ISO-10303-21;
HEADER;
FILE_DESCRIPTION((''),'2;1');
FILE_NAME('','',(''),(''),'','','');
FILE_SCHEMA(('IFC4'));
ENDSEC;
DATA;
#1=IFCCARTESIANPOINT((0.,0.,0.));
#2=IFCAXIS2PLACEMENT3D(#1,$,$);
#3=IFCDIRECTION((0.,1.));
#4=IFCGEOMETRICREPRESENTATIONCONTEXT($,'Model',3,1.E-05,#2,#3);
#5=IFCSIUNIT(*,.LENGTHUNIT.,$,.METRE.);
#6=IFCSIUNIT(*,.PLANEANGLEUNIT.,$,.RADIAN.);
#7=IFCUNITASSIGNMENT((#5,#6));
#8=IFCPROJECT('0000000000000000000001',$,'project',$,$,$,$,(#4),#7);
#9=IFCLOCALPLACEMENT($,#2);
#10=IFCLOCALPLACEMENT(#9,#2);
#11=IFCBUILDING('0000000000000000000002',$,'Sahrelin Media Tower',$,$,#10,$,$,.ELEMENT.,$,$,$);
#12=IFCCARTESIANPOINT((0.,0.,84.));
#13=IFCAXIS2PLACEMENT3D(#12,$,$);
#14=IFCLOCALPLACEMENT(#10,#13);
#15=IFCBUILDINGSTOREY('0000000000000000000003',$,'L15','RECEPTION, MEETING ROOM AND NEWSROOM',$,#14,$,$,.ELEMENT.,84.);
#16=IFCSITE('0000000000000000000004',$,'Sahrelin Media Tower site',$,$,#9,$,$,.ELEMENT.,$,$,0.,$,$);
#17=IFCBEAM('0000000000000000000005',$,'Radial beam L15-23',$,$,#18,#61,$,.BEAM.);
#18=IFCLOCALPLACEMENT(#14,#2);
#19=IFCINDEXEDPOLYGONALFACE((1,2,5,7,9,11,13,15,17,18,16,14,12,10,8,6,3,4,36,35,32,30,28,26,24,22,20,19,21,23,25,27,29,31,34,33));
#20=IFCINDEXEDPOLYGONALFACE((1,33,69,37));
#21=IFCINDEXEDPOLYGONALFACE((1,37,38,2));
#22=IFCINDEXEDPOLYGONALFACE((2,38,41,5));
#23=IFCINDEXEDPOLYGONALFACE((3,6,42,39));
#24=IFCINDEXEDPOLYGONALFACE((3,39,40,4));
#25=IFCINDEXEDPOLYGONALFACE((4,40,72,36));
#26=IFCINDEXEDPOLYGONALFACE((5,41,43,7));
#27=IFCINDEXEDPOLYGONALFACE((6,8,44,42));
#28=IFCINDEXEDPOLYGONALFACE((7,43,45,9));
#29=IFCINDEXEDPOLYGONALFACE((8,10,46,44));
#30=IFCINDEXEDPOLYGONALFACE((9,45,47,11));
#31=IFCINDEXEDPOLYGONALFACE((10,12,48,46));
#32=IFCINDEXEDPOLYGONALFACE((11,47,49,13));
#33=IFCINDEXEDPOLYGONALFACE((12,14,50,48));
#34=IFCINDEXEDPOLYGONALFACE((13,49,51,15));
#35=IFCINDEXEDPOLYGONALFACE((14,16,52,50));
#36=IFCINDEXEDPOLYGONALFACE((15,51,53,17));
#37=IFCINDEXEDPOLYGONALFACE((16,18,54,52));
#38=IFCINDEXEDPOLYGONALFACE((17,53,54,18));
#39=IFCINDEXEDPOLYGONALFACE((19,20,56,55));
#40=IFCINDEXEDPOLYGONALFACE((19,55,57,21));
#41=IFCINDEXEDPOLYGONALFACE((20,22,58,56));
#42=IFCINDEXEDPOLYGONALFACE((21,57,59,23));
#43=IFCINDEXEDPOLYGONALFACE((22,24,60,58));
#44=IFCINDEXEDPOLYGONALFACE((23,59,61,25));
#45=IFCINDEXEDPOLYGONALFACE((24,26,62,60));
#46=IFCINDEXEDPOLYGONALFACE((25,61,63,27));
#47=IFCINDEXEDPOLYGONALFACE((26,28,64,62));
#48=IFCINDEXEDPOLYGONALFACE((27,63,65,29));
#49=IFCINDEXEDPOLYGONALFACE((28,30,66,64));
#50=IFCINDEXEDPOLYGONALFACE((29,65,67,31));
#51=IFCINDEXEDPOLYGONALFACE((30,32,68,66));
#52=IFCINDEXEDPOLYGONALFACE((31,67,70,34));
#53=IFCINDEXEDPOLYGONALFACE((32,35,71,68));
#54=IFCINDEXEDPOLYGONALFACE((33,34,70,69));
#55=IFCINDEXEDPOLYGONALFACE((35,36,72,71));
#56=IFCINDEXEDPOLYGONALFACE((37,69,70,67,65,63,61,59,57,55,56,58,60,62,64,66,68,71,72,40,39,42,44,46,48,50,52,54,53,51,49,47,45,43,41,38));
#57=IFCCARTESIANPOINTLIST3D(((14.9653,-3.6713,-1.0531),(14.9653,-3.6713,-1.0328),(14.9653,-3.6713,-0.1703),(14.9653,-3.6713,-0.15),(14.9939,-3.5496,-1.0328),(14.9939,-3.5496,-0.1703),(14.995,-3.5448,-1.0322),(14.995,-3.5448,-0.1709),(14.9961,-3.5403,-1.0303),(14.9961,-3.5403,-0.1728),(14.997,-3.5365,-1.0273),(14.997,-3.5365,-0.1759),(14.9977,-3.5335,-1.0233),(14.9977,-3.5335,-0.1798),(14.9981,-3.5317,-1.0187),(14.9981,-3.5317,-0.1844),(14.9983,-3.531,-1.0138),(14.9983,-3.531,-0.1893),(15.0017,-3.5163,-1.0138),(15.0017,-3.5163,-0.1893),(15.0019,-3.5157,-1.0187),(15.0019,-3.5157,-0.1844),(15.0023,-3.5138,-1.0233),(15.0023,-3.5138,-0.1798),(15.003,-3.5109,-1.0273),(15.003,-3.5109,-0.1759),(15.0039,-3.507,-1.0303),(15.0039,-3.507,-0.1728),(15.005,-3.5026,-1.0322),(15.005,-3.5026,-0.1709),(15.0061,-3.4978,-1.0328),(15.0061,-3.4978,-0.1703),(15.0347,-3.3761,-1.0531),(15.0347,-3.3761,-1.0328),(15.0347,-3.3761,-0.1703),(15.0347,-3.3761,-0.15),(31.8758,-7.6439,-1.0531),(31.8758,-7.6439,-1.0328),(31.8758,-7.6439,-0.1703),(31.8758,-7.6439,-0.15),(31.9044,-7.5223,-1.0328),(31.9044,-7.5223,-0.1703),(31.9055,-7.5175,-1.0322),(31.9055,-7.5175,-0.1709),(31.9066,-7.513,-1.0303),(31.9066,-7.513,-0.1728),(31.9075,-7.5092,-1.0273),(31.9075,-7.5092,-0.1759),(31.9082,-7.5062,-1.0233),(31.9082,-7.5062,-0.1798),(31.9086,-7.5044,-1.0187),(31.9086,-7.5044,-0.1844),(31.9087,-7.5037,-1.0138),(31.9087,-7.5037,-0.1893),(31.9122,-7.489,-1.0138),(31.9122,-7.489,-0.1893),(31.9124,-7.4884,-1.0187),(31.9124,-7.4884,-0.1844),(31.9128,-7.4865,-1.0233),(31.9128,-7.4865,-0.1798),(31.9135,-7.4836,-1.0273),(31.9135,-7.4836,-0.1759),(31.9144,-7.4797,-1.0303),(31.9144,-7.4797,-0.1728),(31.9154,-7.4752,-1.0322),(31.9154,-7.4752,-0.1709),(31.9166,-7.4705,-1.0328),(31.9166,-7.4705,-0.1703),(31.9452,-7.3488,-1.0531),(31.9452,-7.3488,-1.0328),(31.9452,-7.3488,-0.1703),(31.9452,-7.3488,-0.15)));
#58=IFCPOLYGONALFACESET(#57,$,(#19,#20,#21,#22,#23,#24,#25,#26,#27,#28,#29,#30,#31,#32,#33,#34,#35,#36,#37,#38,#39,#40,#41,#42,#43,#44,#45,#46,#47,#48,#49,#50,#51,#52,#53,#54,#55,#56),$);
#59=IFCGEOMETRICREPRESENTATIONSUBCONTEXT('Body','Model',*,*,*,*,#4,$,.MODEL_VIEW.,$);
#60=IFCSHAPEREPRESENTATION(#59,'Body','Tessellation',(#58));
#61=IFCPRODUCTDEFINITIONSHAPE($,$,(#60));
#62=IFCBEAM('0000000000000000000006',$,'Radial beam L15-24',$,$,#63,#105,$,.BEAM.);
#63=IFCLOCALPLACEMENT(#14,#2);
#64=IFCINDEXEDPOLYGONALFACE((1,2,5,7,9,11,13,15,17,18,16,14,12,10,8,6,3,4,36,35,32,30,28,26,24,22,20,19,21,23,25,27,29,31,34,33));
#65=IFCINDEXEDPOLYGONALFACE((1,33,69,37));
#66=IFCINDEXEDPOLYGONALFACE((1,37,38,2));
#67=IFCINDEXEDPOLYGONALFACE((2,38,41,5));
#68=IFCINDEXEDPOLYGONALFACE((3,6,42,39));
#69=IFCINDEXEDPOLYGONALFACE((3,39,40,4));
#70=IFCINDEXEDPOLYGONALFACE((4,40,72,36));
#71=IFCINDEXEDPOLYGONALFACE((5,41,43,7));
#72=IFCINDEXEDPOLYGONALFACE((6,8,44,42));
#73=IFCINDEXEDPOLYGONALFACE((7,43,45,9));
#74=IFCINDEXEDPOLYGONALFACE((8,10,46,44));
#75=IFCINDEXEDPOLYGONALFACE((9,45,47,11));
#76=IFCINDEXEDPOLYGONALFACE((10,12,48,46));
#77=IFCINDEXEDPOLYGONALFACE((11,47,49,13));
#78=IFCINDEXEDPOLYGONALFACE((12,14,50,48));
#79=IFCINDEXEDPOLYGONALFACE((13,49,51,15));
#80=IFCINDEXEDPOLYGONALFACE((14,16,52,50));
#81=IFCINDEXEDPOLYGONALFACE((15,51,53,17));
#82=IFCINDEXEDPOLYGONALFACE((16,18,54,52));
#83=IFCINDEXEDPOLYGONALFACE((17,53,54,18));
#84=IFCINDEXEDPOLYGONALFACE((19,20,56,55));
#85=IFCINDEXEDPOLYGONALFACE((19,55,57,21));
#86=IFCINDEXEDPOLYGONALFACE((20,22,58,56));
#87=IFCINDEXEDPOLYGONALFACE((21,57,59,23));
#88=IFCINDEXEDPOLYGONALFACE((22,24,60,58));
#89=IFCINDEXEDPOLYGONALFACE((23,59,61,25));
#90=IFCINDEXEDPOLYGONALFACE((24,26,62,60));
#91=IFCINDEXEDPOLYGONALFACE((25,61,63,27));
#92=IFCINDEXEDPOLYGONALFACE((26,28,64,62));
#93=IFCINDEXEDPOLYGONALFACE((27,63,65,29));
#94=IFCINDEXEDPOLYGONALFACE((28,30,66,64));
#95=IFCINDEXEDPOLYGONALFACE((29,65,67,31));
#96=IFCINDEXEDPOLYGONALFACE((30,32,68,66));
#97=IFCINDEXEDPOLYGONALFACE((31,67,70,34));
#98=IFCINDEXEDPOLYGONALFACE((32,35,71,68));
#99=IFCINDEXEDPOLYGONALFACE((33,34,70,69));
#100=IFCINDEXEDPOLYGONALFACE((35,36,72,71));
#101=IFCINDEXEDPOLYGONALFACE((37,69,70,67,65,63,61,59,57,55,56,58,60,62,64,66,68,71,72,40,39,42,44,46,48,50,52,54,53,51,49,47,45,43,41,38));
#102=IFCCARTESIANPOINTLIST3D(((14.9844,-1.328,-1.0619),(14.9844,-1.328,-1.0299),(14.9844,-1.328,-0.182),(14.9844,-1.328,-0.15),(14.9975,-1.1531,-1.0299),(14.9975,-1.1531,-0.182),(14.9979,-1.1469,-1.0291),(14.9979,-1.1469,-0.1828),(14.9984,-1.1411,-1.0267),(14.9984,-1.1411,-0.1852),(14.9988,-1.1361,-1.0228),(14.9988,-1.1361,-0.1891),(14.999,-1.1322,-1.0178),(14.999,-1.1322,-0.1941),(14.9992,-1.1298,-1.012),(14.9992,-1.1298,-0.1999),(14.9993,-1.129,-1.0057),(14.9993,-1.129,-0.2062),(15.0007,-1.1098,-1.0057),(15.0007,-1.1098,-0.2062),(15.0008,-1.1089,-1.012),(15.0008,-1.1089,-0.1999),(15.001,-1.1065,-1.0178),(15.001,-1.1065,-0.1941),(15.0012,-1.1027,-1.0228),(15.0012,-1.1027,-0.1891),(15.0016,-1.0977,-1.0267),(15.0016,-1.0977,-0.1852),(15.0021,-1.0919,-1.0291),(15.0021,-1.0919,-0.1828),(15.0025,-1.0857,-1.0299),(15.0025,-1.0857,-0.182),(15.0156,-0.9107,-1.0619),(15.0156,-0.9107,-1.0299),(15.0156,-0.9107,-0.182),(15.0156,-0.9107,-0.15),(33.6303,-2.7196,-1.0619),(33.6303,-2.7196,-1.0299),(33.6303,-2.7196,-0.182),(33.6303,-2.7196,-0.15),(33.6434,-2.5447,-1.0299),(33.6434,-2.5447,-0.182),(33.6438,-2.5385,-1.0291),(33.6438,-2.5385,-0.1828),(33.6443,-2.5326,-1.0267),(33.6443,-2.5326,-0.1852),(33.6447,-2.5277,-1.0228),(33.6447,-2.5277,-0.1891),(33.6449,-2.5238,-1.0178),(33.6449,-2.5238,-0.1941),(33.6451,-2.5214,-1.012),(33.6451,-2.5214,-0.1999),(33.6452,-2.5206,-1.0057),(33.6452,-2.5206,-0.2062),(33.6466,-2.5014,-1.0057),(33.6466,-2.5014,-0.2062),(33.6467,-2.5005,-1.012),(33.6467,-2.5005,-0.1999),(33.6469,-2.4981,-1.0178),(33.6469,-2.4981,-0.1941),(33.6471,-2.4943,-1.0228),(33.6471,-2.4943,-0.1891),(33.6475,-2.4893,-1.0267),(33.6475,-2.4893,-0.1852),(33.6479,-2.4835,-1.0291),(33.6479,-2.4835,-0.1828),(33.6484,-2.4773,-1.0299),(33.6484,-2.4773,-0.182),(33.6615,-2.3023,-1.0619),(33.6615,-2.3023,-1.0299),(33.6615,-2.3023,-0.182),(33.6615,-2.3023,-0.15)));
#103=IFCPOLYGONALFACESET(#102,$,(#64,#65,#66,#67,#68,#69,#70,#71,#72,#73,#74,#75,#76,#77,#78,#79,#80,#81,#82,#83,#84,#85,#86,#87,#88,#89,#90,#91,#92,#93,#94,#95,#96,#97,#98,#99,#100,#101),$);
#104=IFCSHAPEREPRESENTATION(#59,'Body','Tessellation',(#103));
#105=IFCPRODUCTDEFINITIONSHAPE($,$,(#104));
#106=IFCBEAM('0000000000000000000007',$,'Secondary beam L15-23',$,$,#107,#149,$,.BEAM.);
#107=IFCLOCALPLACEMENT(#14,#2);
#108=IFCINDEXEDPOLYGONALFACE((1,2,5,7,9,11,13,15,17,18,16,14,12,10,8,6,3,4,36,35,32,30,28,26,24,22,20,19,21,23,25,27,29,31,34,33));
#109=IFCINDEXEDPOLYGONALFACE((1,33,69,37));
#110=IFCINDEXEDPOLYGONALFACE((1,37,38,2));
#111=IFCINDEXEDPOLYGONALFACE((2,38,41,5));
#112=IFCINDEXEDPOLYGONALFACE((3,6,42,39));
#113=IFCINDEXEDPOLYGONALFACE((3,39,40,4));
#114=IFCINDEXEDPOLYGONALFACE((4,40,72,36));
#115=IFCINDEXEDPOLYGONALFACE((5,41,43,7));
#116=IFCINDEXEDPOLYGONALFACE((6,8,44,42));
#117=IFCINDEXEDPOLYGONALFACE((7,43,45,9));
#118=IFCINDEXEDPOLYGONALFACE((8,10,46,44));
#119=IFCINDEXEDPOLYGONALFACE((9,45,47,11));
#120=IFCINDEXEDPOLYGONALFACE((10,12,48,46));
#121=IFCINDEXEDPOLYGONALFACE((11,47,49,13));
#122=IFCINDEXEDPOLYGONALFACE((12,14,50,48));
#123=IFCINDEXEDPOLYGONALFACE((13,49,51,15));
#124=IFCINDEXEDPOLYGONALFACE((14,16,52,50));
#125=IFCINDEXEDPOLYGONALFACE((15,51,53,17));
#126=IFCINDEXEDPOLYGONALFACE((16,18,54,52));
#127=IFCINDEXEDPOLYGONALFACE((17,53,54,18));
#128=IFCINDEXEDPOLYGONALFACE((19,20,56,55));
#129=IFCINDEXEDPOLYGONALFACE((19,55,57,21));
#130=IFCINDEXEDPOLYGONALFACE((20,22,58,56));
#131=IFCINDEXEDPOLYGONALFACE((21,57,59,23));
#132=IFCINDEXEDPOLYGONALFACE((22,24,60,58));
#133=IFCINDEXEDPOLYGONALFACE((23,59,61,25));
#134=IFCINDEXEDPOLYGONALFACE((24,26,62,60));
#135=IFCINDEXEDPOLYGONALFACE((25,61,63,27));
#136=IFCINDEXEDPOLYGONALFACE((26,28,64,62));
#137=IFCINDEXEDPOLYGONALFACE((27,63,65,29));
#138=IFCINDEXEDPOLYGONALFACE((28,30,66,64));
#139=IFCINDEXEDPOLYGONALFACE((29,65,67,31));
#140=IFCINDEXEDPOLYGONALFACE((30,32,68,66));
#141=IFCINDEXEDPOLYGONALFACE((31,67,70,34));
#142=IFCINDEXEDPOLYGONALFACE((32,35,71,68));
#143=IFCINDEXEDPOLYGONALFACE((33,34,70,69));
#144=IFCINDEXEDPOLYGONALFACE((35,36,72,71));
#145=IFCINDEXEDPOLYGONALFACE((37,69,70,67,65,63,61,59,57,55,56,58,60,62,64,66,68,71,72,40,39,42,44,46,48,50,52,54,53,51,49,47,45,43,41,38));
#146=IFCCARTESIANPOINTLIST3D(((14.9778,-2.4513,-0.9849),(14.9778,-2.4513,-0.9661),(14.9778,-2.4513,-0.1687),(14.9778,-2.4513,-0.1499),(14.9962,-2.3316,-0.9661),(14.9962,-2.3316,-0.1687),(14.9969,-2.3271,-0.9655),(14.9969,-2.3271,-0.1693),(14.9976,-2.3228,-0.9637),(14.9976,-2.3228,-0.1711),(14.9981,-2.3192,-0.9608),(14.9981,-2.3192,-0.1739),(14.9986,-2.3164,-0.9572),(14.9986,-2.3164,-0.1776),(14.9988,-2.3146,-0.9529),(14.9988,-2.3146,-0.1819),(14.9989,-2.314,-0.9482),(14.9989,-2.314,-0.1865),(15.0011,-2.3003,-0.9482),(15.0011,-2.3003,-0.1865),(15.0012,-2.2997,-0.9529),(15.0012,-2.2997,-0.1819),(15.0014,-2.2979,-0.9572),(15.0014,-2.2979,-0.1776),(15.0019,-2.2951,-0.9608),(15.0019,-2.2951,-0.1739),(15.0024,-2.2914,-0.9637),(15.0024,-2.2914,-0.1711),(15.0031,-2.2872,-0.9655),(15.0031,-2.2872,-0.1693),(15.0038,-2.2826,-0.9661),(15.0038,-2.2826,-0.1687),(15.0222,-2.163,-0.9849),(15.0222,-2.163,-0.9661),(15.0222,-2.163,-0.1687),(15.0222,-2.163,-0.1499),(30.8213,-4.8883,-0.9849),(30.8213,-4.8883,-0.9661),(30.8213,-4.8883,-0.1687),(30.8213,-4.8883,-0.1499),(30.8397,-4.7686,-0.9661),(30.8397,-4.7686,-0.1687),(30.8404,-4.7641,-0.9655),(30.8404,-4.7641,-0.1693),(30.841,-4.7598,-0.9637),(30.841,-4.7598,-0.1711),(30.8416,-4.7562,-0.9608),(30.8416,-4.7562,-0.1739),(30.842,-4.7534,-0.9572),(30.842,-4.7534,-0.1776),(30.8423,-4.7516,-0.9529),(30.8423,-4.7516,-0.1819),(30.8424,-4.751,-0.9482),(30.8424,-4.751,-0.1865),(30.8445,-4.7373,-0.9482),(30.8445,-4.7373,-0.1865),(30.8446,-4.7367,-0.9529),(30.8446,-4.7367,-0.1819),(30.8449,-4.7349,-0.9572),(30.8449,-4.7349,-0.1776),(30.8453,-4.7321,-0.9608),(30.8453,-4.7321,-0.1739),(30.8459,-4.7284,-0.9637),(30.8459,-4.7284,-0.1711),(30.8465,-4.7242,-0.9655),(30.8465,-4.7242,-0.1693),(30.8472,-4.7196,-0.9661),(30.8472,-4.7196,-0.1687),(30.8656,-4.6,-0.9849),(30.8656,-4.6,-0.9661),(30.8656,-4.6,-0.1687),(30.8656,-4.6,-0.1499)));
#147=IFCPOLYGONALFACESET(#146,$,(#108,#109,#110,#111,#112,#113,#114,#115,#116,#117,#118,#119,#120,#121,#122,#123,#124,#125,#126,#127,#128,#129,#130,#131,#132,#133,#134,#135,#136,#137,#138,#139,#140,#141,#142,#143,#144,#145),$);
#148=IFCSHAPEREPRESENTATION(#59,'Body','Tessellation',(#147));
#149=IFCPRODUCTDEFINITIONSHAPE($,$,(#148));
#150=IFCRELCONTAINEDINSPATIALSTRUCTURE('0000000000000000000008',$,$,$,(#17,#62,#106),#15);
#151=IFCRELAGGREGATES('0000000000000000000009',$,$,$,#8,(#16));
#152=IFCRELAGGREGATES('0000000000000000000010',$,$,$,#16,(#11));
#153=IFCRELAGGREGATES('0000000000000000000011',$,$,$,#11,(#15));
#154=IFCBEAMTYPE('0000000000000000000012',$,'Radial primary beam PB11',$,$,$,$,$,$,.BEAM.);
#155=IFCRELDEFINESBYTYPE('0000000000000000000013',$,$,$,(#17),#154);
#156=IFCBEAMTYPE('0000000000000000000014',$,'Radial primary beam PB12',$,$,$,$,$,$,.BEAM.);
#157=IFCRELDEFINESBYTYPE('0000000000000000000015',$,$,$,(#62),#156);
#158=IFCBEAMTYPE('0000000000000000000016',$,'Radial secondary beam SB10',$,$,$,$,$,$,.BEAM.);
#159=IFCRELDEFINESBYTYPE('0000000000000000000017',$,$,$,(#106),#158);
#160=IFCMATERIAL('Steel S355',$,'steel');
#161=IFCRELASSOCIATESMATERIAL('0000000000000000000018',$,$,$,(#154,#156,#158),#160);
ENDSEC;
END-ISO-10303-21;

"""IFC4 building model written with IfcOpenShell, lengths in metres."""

from ifc_helpers import new_model, si_unit, direction, frame, origin, origin_2d, place, context, subcontext, project, spatial, i_section, extrude, material, material_profile, profile_set, type_object, element, save


model = new_model("IFC4")

# Units and contexts
model_context = context("Model", 3, precision=1e-05, world=origin(), true_north=direction((0.0, 1.0)))
body_context = subcontext(model_context, "Body", "Model", "MODEL_VIEW")
ifc_project = project(units=[si_unit("LENGTHUNIT", "METRE"), si_unit("PLANEANGLEUNIT", "RADIAN")], contexts=[model_context])

# Site, building, storey
site_placement = place(None, origin())
site = spatial("IfcSite", under=ifc_project, at=site_placement, Name="Sahrelin Media Tower site", CompositionType="ELEMENT", RefElevation=0.0)
building_placement = place(site_placement, origin())
building = spatial("IfcBuilding", under=site, at=building_placement, Name="Sahrelin Media Tower", CompositionType="ELEMENT")
storey_placement = place(building_placement, frame((0.0, 0.0, 84.0)))
storey = spatial("IfcBuildingStorey", under=building, at=storey_placement, Name="L15", Description="RECEPTION, MEETING ROOM AND NEWSROOM", CompositionType="ELEMENT", Elevation=84.0)

# Shared definitions
ifc_material_1 = material(Name="Steel S355", Category="steel")

# Beams
ifc_material_profile_1 = material_profile(ifc_material_1, i_section(OverallWidth=0.3032, OverallDepth=0.9031, WebThickness=0.0151, FlangeThickness=0.0203, FilletRadius=0.019, at=origin_2d()), Name="UB 914x305x201")
ifc_profile_set_1 = profile_set([ifc_material_profile_1], Name="Steel S355")
beam_type_1 = type_object("IfcBeamType", Name="Radial primary beam PB11", PredefinedType="BEAM", material=ifc_profile_set_1)
beam_1_placement = place(storey_placement, frame((15.0, -3.5237, -0.6016), z_axis=(0.973497, -0.228698, 0.0), x_axis=(0.228698, 0.973497, 0.0)))
element("IfcBeam", 1, at=beam_1_placement, inside=storey, type_object=beam_type_1, Name="Radial beam L15-23", PredefinedType="BEAM", context=body_context, shape_type="SweptSolid", body=[
    extrude(i_section(OverallWidth=0.3032, OverallDepth=0.9031, WebThickness=0.0151, FlangeThickness=0.0203, FilletRadius=0.019, at=origin_2d()), origin(), (0.0, 0.0, 1.0), 17.3708),
])
ifc_material_profile_2 = material_profile(ifc_material_1, i_section(OverallWidth=0.4185, OverallDepth=0.9119, WebThickness=0.0193, FlangeThickness=0.032, FilletRadius=0.0242, at=origin_2d()), Name="UB 914x419x343")
ifc_profile_set_2 = profile_set([ifc_material_profile_2], Name="Steel S355")
beam_type_2 = type_object("IfcBeamType", Name="Radial primary beam PB12", PredefinedType="BEAM", material=ifc_profile_set_2)
beam_2_placement = place(storey_placement, frame((15.0, -1.1194, -0.606), z_axis=(0.997227, -0.074426, 0.0), x_axis=(0.074426, 0.997227, 0.0)))
element("IfcBeam", 2, at=beam_2_placement, inside=storey, type_object=beam_type_2, Name="Radial beam L15-24", PredefinedType="BEAM", context=body_context, shape_type="SweptSolid", body=[
    extrude(i_section(OverallWidth=0.4185, OverallDepth=0.9119, WebThickness=0.0193, FlangeThickness=0.032, FilletRadius=0.0242, at=origin_2d()), origin(), (0.0, 0.0, 1.0), 18.6978),
])
ifc_material_profile_3 = material_profile(ifc_material_1, i_section(OverallWidth=0.2917, OverallDepth=0.835, WebThickness=0.0139, FlangeThickness=0.0188, FilletRadius=0.0178, at=origin_2d()), Name="UB 838x292x176")
ifc_profile_set_3 = profile_set([ifc_material_profile_3], Name="Steel S355")
beam_type_3 = type_object("IfcBeamType", Name="Radial secondary beam SB10", PredefinedType="BEAM", material=ifc_profile_set_3)
beam_3_placement = place(storey_placement, frame((15.0, -2.3071, -0.5674), z_axis=(0.988376, -0.15203, 0.0), x_axis=(0.15203, 0.988376, 0.0)))
element("IfcBeam", 3, at=beam_3_placement, inside=storey, type_object=beam_type_3, Name="Secondary beam L15-23", PredefinedType="BEAM", context=body_context, shape_type="SweptSolid", body=[
    extrude(i_section(OverallWidth=0.2917, OverallDepth=0.835, WebThickness=0.0139, FlangeThickness=0.0188, FilletRadius=0.0178, at=origin_2d()), origin(), (0.0, 0.0, 1.0), 16.0298),
])

save(model, "model.ifc")
